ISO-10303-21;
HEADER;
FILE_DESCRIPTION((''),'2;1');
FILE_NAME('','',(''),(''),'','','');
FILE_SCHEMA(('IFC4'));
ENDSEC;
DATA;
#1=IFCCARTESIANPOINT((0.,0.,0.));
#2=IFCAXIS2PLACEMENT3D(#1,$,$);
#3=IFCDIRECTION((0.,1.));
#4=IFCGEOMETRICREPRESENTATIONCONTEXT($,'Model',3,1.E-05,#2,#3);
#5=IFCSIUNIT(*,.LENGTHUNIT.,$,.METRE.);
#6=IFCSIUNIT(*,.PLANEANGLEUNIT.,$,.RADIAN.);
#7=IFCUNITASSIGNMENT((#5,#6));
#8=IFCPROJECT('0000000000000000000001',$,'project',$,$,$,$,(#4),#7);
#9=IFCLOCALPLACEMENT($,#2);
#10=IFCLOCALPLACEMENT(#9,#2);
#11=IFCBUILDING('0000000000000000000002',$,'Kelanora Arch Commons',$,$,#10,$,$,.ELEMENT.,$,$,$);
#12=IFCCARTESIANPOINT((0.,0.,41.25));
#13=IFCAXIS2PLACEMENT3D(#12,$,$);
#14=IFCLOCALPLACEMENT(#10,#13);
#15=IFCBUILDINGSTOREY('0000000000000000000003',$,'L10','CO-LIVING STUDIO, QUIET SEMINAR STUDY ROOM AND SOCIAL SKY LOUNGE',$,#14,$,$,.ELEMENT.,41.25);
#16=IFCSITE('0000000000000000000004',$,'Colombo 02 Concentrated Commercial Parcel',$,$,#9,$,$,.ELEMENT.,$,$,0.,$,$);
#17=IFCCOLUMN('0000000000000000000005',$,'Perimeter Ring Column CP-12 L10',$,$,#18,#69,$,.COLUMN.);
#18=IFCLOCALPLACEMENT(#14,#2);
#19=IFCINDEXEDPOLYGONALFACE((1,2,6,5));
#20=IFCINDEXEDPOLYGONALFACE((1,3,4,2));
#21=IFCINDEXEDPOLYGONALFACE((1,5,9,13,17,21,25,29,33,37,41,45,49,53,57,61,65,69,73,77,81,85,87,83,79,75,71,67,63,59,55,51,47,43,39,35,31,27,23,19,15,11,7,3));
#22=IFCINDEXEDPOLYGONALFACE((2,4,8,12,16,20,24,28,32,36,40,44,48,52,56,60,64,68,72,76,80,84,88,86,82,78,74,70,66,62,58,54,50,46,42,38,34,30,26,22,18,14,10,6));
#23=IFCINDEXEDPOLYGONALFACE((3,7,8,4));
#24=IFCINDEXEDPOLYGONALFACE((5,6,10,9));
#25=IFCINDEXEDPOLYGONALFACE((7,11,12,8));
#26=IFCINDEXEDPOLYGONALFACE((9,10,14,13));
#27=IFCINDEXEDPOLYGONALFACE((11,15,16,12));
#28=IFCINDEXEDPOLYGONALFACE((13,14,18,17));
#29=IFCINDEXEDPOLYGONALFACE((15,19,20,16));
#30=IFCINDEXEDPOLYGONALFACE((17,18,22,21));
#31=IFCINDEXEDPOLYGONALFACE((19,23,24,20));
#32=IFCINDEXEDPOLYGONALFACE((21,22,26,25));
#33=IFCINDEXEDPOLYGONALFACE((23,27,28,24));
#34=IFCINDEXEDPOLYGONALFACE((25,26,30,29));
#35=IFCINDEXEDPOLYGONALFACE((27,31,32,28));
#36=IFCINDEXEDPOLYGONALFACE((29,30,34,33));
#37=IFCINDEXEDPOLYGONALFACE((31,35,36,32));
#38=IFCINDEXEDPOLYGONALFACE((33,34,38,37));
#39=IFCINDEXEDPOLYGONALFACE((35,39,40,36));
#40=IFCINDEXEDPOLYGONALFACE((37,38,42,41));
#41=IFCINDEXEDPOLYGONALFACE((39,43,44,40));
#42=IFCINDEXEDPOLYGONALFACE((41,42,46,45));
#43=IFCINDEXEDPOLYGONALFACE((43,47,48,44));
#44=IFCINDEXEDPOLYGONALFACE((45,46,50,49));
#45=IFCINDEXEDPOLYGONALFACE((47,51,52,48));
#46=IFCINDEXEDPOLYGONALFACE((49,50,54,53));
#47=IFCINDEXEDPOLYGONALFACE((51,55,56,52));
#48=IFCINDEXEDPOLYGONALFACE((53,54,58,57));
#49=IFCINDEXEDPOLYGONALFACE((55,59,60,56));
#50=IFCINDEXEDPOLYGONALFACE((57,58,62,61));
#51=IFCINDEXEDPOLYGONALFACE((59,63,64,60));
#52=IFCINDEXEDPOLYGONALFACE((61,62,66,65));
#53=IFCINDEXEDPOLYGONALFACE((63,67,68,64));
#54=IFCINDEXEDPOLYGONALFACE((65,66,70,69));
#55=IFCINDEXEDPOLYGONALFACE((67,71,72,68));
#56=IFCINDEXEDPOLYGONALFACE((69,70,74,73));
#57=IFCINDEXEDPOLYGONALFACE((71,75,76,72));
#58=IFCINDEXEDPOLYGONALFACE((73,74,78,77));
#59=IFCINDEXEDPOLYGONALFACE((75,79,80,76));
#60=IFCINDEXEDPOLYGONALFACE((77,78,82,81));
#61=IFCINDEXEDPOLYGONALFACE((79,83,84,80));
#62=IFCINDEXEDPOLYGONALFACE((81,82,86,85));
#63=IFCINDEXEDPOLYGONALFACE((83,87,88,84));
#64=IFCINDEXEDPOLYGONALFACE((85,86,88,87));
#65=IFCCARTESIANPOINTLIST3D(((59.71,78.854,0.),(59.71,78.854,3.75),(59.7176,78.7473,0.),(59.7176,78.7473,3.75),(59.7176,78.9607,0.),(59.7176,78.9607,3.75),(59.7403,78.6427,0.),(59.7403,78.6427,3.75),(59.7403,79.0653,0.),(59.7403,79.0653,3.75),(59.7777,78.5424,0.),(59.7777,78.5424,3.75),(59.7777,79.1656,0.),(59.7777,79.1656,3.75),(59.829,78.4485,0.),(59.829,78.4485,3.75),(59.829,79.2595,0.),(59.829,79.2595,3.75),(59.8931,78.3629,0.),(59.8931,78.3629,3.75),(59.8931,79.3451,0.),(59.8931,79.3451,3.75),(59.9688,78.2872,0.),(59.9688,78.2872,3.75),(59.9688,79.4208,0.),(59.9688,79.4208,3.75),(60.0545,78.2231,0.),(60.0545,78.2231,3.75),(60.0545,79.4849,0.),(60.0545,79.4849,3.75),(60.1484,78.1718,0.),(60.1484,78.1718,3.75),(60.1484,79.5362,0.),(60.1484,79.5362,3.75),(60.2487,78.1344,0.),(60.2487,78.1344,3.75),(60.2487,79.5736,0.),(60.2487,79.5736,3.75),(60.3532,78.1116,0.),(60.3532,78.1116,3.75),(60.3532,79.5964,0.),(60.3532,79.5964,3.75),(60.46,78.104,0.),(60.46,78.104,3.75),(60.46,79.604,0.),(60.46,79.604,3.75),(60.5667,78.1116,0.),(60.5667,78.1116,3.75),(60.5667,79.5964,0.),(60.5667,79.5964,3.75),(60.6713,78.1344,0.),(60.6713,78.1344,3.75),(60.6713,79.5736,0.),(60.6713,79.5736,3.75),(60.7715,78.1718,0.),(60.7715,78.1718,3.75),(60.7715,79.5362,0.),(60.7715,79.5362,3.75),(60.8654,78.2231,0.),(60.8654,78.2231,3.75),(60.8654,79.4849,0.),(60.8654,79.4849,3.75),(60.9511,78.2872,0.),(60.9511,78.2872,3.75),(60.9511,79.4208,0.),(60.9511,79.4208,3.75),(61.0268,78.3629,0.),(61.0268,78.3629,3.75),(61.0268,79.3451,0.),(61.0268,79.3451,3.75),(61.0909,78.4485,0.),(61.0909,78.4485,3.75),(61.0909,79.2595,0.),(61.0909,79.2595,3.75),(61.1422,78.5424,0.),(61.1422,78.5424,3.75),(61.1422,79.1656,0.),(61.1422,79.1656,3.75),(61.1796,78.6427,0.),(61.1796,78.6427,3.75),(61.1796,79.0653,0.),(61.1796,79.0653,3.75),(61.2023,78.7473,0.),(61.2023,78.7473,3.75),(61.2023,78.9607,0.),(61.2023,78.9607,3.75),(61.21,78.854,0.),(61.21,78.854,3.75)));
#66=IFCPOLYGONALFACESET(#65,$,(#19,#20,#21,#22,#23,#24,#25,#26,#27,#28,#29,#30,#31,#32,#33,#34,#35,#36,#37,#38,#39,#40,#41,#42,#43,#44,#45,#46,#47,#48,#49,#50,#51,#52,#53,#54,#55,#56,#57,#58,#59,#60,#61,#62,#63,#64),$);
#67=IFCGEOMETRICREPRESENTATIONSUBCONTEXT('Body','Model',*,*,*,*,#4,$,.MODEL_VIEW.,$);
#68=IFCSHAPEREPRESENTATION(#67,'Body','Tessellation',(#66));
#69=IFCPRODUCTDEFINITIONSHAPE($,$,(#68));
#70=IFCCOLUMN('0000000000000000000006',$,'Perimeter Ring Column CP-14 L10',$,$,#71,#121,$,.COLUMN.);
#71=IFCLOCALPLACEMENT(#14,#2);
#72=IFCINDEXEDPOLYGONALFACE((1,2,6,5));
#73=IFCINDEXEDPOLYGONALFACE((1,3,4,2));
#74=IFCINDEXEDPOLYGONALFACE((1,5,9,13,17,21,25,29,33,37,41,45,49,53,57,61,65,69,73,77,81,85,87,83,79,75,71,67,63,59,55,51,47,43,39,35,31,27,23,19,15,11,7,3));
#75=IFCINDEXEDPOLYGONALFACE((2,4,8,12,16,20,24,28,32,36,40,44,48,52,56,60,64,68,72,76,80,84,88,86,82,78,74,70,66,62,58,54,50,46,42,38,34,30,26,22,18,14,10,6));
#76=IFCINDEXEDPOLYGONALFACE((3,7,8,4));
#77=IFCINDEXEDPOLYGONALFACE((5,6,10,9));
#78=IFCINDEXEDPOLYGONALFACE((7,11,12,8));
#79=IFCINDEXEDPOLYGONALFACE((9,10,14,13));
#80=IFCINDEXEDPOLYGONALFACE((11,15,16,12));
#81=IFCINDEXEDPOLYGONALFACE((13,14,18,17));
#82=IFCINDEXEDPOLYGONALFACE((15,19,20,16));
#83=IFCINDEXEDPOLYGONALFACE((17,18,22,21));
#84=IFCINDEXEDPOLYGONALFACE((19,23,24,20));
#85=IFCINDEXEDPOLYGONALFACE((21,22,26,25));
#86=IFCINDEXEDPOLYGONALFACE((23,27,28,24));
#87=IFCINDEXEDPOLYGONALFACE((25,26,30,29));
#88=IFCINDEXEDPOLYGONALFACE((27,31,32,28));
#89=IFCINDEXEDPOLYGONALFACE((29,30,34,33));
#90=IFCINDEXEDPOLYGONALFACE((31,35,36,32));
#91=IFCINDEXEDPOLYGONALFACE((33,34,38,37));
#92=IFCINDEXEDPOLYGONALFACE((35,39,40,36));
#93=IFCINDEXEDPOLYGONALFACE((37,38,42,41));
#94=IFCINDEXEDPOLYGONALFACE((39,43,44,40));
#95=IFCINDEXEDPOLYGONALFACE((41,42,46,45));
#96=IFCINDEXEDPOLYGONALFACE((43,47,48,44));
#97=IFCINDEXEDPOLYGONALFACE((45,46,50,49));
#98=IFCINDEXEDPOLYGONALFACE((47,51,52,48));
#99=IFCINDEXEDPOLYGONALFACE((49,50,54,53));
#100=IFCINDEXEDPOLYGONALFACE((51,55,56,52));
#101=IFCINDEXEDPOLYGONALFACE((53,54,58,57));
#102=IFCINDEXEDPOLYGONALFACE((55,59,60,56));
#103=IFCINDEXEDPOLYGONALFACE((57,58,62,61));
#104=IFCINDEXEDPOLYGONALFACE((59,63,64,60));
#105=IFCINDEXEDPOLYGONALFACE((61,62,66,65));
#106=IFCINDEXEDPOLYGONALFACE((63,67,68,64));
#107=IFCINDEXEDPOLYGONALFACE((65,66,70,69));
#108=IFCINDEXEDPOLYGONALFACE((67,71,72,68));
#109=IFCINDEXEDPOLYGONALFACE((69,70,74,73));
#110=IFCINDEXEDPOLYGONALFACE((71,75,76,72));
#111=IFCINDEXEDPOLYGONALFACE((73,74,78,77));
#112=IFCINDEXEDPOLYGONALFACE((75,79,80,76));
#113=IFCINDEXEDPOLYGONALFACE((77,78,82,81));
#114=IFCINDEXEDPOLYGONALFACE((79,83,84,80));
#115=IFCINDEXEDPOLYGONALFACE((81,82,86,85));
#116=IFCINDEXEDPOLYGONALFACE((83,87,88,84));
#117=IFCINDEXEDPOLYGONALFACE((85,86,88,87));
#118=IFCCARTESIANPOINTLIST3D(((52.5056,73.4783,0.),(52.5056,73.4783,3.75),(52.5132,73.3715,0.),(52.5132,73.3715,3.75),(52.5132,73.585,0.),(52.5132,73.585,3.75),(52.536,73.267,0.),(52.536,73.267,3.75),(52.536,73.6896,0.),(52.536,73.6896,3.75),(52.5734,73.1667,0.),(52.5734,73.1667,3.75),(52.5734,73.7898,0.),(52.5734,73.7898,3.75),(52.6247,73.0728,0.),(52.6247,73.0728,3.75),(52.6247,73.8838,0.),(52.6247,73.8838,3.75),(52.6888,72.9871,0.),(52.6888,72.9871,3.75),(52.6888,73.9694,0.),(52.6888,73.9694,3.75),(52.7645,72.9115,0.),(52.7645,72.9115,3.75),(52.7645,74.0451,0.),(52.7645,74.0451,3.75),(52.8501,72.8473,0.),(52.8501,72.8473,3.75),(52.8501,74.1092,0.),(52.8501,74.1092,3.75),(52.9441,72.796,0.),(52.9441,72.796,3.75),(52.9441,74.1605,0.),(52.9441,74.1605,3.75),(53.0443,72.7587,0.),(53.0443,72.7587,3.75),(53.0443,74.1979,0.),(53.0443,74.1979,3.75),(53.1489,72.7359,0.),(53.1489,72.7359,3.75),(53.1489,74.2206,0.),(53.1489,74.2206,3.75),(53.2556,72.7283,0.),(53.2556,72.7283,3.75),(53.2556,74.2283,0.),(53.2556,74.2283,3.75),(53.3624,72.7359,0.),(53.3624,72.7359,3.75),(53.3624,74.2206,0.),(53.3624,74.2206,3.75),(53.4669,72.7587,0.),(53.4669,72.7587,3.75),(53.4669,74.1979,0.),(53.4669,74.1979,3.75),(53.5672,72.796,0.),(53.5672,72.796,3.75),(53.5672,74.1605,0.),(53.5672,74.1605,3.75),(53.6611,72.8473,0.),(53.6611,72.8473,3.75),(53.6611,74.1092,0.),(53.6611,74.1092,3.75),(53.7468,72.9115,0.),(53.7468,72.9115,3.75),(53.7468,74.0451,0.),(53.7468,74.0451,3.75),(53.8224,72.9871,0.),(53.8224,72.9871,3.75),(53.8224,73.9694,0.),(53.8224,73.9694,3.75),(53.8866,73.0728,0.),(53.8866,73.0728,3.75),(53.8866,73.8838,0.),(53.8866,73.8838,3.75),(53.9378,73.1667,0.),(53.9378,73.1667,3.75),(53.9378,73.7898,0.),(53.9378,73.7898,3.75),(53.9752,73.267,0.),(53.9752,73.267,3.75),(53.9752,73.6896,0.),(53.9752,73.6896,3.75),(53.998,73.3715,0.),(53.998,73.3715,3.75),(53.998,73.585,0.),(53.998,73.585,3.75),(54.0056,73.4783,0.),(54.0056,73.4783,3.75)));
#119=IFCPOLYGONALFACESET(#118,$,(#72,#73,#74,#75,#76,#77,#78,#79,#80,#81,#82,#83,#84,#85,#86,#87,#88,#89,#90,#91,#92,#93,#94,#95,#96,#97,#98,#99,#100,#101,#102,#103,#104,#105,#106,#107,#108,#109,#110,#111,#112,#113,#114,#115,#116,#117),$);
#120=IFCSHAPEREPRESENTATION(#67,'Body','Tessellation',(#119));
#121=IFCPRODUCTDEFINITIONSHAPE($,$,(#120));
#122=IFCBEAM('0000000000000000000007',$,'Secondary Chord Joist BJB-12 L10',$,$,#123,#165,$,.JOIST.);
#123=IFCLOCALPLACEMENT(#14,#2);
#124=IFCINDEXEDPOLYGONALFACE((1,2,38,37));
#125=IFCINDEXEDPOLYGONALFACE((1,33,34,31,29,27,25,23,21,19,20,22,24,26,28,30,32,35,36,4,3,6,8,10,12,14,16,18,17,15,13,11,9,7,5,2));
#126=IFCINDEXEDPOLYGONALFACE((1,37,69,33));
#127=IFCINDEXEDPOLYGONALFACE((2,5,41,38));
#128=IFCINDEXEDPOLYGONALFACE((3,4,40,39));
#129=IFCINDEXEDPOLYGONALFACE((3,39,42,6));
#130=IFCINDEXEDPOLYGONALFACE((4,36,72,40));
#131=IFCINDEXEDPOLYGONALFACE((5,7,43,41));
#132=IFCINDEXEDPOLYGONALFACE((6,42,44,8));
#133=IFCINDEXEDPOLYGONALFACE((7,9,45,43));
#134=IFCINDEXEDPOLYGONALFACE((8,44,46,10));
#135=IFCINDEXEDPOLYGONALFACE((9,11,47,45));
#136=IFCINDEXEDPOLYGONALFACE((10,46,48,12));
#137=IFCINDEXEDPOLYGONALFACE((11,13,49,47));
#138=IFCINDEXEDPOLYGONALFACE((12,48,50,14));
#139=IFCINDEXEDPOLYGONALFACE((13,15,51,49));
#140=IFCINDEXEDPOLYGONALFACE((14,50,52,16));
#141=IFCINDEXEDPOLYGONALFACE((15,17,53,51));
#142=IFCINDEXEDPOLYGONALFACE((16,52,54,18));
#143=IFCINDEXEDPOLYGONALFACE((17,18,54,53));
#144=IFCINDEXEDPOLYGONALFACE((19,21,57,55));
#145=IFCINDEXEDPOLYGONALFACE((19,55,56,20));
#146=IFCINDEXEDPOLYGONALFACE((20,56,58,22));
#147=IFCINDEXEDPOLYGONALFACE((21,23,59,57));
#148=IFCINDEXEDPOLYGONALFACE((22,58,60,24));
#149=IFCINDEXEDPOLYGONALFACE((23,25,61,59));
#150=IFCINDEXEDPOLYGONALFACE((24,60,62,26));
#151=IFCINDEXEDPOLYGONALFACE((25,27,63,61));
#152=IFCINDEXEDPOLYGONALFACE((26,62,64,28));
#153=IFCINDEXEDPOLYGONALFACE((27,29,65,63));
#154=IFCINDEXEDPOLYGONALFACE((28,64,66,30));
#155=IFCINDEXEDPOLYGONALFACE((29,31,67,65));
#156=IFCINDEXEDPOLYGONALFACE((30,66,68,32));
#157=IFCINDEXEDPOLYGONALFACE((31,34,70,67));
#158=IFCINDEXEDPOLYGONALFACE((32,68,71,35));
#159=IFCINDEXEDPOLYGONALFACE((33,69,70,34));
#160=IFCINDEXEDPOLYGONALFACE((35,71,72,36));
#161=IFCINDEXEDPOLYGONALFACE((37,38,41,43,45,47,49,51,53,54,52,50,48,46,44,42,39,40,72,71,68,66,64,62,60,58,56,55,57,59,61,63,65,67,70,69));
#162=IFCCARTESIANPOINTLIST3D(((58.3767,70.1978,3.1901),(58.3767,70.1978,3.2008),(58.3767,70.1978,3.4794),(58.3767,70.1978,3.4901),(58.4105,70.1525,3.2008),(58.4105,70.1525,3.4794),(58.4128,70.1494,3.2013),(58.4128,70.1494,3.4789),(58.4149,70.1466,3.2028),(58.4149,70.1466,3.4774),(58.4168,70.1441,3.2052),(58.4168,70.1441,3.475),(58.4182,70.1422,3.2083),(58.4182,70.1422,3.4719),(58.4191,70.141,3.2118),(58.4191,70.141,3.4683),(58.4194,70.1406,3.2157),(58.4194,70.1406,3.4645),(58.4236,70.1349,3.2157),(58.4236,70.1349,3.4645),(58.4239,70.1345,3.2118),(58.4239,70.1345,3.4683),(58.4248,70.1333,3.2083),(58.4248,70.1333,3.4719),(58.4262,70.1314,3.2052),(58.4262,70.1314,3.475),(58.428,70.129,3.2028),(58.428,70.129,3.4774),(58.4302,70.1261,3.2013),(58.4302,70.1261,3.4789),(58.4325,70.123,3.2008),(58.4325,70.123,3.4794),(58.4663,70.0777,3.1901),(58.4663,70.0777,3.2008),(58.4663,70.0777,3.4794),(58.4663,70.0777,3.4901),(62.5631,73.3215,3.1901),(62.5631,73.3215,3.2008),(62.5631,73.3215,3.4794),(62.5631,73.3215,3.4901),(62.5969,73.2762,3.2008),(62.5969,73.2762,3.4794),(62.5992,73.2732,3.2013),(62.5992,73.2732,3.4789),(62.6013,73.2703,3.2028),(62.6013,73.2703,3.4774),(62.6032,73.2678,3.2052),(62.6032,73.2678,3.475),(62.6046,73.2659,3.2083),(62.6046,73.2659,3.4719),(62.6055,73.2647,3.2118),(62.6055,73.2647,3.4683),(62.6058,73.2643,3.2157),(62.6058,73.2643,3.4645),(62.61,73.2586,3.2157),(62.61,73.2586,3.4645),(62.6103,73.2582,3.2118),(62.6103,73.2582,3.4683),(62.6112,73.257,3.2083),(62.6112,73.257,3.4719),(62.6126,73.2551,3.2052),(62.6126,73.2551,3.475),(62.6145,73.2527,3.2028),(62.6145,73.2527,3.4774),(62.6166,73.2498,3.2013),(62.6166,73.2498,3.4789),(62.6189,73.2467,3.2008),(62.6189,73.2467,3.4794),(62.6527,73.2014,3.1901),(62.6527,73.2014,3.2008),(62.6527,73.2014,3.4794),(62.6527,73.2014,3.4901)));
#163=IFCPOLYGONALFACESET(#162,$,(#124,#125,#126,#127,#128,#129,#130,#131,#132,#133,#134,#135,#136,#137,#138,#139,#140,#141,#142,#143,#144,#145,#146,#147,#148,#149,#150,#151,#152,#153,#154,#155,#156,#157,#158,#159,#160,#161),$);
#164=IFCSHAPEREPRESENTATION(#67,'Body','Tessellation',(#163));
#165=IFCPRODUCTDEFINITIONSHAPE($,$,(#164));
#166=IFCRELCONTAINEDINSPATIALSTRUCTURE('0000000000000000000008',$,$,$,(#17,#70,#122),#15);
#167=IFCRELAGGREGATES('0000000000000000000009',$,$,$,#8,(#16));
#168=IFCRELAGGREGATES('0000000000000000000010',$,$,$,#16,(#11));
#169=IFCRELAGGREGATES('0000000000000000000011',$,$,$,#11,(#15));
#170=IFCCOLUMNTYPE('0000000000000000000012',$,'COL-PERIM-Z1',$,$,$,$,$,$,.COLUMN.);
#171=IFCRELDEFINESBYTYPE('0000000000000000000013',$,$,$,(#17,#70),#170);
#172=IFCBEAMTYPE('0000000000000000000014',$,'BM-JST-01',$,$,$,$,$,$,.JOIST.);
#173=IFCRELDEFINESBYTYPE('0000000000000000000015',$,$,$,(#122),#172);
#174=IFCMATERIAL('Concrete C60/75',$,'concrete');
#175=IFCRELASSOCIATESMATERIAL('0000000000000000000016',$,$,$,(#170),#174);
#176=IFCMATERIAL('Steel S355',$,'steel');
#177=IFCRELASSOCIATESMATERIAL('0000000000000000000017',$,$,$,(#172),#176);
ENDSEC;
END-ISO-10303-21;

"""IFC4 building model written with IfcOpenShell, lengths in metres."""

from ifc_helpers import new_model, si_unit, direction, frame, origin, origin_2d, place, context, subcontext, project, spatial, circle, i_section, extrude, material, material_profile, profile_set, type_object, element, save


model = new_model("IFC4")

# Units and contexts
model_context = context("Model", 3, precision=1e-05, world=origin(), true_north=direction((0.0, 1.0)))
body_context = subcontext(model_context, "Body", "Model", "MODEL_VIEW")
ifc_project = project(units=[si_unit("LENGTHUNIT", "METRE"), si_unit("PLANEANGLEUNIT", "RADIAN")], contexts=[model_context])

# Site, building, storey
site_placement = place(None, origin())
site = spatial("IfcSite", under=ifc_project, at=site_placement, Name="Colombo 02 Concentrated Commercial Parcel", CompositionType="ELEMENT", RefElevation=0.0)
building_placement = place(site_placement, origin())
building = spatial("IfcBuilding", under=site, at=building_placement, Name="Kelanora Arch Commons", CompositionType="ELEMENT")
storey_placement = place(building_placement, frame((0.0, 0.0, 41.25)))
storey = spatial("IfcBuildingStorey", under=building, at=storey_placement, Name="L10", Description="CO-LIVING STUDIO, QUIET SEMINAR STUDY ROOM AND SOCIAL SKY LOUNGE", CompositionType="ELEMENT", Elevation=41.25)

# Columns
ifc_material_1 = material(Name="Concrete C60/75", Category="concrete")
ifc_material_profile_1 = material_profile(ifc_material_1, circle(Radius=0.75, at=origin_2d()), Name="RCC1500")
ifc_profile_set_1 = profile_set([ifc_material_profile_1], Name="Concrete C60/75")
column_type = type_object("IfcColumnType", Name="COL-PERIM-Z1", PredefinedType="COLUMN", material=ifc_profile_set_1)
for number, where, z_axis, x_axis, name in (
    (1, (60.46, 78.854, 0.0), (0.0, 0.0, 1.0), (1.0, 0.0, 0.0), "Perimeter Ring Column CP-12 L10"),
    (2, (53.2556, 73.4783, 0.0), (0.0, 0.0, 1.0), (1.0, 0.0, 0.0), "Perimeter Ring Column CP-14 L10"),
):
    element("IfcColumn", number, at=place(storey_placement, frame(where, z_axis=z_axis, x_axis=x_axis)), inside=storey, type_object=column_type, Name=name, PredefinedType="COLUMN", context=body_context, shape_type="SweptSolid", body=[
        extrude(circle(Radius=0.75, at=origin_2d()), origin(), (0.0, 0.0, 1.0), 3.75),
    ])

# Beam
ifc_material_2 = material(Name="Steel S355", Category="steel")
ifc_material_profile_2 = material_profile(ifc_material_2, i_section(OverallWidth=0.1499, OverallDepth=0.3, WebThickness=0.0071, FlangeThickness=0.0107, FilletRadius=0.0149, at=origin_2d()), Name="IPE300")
ifc_profile_set_2 = profile_set([ifc_material_profile_2], Name="Steel S355")
beam_type_1 = type_object("IfcBeamType", Name="BM-JST-01", PredefinedType="JOIST", material=ifc_profile_set_2)
beam_1_placement = place(storey_placement, frame((62.6079, 73.2615, 3.3401), z_axis=(-0.801478, -0.598024, 0.0), x_axis=(0.598024, -0.801478, 0.0)))
element("IfcBeam", 3, at=beam_1_placement, inside=storey, type_object=beam_type_1, Name="Secondary Chord Joist BJB-12 L10", PredefinedType="JOIST", context=body_context, shape_type="SweptSolid", body=[
    extrude(i_section(OverallWidth=0.1499, OverallDepth=0.3, WebThickness=0.0071, FlangeThickness=0.0107, FilletRadius=0.0149, at=origin_2d()), origin(), (0.0, 0.0, 1.0), 5.2234),
])

save(model, "model.ifc")
